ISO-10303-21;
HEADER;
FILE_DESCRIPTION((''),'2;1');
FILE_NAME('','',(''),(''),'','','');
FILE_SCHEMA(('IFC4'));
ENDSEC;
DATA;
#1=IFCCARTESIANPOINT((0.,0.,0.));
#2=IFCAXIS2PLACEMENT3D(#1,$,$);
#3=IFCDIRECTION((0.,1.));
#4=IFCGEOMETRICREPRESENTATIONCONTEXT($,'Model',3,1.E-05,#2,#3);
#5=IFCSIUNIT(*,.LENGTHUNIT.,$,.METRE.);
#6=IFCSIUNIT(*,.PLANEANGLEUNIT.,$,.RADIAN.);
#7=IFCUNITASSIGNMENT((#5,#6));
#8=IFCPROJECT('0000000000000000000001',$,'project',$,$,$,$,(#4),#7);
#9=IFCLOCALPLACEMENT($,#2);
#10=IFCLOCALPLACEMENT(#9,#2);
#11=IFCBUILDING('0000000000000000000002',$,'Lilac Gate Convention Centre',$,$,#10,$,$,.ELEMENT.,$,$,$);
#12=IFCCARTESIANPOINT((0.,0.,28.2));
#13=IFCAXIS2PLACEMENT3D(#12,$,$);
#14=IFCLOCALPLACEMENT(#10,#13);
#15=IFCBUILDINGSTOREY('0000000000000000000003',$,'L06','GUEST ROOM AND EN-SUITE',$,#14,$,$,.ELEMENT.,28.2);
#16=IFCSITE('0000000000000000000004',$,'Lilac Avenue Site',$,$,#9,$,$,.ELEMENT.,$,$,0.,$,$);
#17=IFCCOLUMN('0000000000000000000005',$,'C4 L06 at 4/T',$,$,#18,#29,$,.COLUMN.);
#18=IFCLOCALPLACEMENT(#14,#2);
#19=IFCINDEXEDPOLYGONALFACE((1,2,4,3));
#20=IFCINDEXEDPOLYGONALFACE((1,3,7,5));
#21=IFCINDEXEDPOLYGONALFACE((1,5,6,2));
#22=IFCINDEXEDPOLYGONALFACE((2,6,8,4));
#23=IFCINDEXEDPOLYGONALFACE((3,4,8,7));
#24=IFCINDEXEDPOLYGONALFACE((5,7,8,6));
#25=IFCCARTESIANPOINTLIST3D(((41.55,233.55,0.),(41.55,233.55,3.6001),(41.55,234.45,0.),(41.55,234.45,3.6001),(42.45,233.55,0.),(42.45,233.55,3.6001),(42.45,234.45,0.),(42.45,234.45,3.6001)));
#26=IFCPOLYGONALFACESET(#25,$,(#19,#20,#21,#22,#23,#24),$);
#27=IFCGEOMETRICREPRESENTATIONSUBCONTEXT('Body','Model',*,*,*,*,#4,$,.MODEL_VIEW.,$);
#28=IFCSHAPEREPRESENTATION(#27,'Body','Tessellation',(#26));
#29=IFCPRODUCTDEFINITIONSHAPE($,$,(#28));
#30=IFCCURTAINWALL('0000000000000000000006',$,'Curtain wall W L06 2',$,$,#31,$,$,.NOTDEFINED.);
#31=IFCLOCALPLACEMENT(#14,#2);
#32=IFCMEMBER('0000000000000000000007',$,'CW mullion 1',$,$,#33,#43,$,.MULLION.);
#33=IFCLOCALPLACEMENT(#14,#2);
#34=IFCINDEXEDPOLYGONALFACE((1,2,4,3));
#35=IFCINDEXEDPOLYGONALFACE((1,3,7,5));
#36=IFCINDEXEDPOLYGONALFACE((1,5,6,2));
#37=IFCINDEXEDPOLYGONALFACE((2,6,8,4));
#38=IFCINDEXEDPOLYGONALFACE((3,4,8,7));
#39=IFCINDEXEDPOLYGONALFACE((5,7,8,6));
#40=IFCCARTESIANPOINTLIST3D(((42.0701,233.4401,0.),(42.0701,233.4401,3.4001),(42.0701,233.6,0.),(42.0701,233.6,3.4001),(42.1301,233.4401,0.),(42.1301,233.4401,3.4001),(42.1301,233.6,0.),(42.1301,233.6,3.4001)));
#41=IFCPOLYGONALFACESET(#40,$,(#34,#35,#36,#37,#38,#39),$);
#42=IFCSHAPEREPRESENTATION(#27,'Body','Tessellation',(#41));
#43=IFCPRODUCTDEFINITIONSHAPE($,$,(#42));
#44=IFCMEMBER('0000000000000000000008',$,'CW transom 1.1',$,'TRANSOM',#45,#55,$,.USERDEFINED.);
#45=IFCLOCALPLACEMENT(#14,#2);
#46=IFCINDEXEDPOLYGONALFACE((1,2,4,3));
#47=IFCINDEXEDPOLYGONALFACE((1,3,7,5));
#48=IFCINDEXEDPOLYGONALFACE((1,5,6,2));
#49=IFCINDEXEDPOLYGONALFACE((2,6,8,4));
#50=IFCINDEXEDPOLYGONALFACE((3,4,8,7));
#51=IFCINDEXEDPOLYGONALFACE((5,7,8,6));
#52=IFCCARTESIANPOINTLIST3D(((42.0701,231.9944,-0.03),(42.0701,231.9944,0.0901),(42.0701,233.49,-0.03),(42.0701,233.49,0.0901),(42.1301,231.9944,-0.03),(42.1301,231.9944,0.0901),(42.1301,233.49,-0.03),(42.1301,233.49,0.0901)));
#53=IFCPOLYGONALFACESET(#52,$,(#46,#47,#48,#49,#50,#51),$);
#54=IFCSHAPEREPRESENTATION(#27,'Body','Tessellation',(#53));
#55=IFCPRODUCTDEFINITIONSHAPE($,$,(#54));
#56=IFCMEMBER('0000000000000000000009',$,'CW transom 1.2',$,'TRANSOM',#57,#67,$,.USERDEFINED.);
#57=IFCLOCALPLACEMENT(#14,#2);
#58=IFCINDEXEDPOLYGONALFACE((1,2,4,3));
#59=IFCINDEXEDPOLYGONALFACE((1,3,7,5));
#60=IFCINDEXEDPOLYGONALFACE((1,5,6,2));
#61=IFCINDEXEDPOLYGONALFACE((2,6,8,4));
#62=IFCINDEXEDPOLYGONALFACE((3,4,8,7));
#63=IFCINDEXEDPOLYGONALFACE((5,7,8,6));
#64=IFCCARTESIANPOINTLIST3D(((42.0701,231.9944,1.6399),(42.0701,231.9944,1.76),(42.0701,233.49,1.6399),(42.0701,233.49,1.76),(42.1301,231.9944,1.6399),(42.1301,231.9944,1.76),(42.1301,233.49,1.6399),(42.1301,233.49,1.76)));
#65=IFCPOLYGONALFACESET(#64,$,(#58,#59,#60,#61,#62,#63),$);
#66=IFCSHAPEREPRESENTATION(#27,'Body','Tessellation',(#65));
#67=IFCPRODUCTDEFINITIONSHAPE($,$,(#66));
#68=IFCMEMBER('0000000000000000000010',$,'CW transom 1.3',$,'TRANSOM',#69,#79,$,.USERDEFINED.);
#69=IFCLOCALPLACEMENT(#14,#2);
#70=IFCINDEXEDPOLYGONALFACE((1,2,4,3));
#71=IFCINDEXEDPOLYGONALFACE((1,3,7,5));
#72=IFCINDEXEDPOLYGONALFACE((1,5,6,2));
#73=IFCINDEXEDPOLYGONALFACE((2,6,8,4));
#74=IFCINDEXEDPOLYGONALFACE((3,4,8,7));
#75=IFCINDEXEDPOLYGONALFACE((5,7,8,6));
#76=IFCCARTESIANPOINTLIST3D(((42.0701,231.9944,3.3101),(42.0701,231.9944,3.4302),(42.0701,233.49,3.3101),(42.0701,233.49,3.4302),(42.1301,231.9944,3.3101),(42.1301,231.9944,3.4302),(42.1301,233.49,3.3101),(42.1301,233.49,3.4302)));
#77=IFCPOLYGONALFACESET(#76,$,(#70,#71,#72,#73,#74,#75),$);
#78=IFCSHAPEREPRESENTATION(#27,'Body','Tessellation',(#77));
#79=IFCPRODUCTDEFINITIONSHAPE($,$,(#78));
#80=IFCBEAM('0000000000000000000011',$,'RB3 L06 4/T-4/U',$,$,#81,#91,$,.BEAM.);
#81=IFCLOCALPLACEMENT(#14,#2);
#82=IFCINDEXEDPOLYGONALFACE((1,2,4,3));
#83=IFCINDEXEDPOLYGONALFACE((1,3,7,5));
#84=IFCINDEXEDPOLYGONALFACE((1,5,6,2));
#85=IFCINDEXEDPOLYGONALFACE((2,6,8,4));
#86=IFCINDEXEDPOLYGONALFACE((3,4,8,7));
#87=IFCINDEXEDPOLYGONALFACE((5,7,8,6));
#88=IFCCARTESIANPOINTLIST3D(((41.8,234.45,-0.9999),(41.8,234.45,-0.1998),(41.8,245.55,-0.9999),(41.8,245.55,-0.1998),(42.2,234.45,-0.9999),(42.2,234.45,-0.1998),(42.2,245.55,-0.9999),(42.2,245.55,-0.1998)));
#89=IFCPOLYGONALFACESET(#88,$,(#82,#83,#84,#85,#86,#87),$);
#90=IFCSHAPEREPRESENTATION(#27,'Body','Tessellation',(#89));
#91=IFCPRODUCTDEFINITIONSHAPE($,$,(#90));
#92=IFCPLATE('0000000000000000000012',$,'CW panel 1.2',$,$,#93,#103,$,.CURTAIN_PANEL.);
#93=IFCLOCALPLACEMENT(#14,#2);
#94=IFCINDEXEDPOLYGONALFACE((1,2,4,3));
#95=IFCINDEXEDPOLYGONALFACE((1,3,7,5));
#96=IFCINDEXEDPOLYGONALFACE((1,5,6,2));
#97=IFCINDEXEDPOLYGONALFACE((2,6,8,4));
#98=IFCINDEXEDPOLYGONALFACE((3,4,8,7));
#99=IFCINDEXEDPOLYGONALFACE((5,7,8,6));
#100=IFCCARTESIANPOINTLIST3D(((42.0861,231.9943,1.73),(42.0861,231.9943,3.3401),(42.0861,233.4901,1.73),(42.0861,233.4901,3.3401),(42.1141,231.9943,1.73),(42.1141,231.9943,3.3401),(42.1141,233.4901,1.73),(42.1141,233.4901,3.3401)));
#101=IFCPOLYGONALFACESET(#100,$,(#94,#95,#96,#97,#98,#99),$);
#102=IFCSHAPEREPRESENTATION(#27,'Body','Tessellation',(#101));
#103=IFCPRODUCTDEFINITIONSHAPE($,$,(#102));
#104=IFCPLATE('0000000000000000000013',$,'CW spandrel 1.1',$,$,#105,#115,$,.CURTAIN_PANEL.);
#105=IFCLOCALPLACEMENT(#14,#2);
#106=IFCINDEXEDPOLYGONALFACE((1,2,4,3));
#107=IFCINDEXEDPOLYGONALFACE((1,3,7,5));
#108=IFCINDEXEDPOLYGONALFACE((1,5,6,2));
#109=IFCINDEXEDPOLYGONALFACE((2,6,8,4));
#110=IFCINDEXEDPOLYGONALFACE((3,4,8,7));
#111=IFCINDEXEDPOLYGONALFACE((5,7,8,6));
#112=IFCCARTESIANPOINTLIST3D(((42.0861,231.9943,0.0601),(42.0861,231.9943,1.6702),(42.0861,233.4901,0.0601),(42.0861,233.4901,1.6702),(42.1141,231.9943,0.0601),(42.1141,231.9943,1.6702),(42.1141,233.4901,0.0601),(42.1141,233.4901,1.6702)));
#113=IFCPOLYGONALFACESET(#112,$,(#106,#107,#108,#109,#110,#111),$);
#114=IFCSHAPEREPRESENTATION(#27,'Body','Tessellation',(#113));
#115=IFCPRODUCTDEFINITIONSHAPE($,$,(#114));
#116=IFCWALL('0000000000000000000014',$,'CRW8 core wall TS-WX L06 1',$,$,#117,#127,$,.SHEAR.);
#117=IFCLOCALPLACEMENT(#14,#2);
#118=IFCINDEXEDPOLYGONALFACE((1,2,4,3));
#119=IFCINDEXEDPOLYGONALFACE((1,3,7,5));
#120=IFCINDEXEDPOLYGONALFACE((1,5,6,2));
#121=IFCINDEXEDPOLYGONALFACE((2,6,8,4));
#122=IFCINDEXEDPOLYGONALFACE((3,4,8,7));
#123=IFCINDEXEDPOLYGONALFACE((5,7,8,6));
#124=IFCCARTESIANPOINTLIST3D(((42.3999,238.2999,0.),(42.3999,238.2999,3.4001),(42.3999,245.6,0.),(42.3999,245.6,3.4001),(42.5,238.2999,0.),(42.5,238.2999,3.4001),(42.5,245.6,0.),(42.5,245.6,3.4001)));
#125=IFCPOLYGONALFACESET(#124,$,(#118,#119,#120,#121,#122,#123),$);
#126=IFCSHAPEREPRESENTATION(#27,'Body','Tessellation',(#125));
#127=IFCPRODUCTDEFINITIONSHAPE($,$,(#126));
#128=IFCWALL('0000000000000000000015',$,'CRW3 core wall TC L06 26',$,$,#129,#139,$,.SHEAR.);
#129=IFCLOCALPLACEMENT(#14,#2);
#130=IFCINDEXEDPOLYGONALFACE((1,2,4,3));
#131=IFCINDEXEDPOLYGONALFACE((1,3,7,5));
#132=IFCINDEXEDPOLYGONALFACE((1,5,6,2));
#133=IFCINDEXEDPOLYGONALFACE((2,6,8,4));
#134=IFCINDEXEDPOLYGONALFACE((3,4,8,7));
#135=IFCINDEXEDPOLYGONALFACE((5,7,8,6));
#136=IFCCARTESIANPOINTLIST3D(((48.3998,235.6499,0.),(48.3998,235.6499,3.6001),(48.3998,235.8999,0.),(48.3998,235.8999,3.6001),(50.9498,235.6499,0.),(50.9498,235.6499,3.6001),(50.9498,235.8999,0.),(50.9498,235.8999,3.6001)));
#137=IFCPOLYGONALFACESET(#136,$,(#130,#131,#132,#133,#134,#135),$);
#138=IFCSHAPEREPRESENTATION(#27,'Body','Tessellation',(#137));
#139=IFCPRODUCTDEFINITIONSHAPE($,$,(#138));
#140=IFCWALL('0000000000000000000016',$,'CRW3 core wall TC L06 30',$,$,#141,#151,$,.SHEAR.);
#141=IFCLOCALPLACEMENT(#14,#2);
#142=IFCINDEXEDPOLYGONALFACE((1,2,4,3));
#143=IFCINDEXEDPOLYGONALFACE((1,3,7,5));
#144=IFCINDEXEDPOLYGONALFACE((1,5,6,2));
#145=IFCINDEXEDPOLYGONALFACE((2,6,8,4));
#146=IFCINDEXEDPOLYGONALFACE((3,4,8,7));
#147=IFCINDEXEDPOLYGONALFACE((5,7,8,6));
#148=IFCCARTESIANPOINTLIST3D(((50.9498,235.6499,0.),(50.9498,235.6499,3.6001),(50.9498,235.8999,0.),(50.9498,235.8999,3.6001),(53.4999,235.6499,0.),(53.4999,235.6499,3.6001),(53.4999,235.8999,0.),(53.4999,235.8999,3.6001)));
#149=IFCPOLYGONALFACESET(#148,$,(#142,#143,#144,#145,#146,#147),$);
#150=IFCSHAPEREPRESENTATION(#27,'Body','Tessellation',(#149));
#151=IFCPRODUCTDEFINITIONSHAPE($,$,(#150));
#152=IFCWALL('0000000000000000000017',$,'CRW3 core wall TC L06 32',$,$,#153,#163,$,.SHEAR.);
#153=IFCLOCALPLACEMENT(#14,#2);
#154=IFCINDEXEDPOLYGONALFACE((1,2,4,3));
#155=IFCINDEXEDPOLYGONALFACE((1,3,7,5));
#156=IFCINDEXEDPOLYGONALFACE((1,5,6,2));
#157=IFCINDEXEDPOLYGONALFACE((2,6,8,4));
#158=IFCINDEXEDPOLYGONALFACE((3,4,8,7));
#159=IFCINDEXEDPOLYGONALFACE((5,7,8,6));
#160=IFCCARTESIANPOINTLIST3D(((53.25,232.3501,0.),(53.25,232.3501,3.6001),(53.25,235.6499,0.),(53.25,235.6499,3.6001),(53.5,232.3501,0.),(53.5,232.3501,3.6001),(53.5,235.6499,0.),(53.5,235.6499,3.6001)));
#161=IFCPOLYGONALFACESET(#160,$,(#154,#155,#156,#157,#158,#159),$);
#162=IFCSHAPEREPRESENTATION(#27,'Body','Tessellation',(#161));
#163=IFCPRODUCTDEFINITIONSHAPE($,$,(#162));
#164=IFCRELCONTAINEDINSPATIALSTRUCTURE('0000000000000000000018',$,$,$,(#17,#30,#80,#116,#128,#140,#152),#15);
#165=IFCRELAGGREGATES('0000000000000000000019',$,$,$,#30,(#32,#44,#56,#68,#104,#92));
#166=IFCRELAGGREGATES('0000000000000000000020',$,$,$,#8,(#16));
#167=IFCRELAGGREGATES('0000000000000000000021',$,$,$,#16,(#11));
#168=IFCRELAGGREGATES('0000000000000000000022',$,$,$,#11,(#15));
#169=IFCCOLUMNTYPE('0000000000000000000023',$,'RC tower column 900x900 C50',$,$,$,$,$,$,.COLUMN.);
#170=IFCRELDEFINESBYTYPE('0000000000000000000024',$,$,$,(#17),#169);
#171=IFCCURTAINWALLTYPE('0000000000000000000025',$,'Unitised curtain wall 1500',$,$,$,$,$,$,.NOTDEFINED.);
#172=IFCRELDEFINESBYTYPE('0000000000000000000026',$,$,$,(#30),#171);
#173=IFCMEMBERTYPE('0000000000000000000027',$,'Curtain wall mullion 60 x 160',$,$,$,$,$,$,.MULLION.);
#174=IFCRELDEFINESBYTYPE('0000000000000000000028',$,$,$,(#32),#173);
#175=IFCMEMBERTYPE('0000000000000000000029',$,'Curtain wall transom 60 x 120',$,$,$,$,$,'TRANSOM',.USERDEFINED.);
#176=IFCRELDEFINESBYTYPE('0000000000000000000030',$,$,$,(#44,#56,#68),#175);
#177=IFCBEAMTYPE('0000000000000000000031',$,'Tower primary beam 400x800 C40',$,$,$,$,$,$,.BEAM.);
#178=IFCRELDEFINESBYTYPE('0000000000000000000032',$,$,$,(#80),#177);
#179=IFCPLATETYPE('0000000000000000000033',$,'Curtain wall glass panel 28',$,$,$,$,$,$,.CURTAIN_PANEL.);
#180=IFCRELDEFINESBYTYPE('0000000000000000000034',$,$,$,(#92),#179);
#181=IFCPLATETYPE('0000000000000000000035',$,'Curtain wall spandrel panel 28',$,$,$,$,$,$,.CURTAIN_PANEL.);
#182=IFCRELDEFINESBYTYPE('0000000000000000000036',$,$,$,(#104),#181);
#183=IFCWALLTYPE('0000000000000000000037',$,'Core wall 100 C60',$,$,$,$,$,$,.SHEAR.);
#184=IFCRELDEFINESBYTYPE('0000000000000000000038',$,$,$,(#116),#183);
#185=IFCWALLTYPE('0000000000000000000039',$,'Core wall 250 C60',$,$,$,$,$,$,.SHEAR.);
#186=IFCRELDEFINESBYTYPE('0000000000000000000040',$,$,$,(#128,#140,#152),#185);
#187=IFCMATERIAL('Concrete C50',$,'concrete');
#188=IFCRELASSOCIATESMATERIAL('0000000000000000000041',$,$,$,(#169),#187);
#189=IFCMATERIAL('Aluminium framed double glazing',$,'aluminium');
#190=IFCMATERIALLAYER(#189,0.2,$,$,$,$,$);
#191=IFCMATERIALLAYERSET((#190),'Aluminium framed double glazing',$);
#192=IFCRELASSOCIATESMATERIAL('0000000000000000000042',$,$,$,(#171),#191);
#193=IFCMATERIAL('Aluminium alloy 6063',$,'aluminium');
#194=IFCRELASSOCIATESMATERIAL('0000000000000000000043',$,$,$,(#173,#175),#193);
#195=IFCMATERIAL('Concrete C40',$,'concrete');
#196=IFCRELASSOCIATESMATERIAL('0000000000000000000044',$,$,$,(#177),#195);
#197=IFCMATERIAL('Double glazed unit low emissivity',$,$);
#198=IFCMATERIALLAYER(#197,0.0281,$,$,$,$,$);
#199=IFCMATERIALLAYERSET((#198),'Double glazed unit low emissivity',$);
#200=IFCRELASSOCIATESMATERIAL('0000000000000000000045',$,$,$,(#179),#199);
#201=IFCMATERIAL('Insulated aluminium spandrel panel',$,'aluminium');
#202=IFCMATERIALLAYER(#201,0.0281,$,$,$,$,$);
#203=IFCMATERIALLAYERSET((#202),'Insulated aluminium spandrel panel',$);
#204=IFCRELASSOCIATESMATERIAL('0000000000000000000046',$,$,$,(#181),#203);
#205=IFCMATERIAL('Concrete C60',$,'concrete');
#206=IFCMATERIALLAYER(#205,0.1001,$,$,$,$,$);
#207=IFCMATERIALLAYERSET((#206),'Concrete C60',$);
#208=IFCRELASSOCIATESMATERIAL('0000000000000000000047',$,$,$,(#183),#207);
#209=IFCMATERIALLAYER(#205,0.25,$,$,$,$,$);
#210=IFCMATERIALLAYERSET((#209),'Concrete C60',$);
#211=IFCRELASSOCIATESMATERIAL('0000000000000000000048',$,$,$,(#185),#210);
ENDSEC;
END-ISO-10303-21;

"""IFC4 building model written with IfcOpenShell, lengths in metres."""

from ifc_helpers import new_model, si_unit, direction, frame, frame_2d, origin, origin_2d, place, context, subcontext, project, spatial, rectangle, extrude, material, layer, layer_set, material_profile, profile_set, type_object, element, aggregate, save


model = new_model("IFC4")

# Units and contexts
model_context = context("Model", 3, precision=1e-05, world=origin(), true_north=direction((0.0, 1.0)))
body_context = subcontext(model_context, "Body", "Model", "MODEL_VIEW")
ifc_project = project(units=[si_unit("LENGTHUNIT", "METRE"), si_unit("PLANEANGLEUNIT", "RADIAN")], contexts=[model_context])

# Site, building, storey
site_placement = place(None, origin())
site = spatial("IfcSite", under=ifc_project, at=site_placement, Name="Lilac Avenue Site", CompositionType="ELEMENT", RefElevation=0.0)
building_placement = place(site_placement, origin())
building = spatial("IfcBuilding", under=site, at=building_placement, Name="Lilac Gate Convention Centre", CompositionType="ELEMENT")
storey_placement = place(building_placement, frame((0.0, 0.0, 28.2)))
storey = spatial("IfcBuildingStorey", under=building, at=storey_placement, Name="L06", Description="GUEST ROOM AND EN-SUITE", CompositionType="ELEMENT", Elevation=28.2)

# Column
ifc_material_1 = material(Name="Concrete C50", Category="concrete")
ifc_material_profile_1 = material_profile(ifc_material_1, rectangle(XDim=0.8999, YDim=0.8999, at=origin_2d()), Name="RC 900x900")
ifc_profile_set_1 = profile_set([ifc_material_profile_1], Name="Concrete C50")
column_type = type_object("IfcColumnType", Name="RC tower column 900x900 C50", PredefinedType="COLUMN", material=ifc_profile_set_1)
column_placement = place(storey_placement, frame((42.0, 234.0, 0.0), z_axis=(0.0, 0.0, 1.0), x_axis=(1.0, 0.0, 0.0)))
element("IfcColumn", 1, at=column_placement, inside=storey, type_object=column_type, Name="C4 L06 at 4/T", PredefinedType="COLUMN", context=body_context, shape_type="SweptSolid", body=[
    extrude(rectangle(XDim=0.8999, YDim=0.8999, at=origin_2d()), origin(), (0.0, 0.0, 1.0), 3.6001),
])

# Curtain wall, members
ifc_material_2 = material(Name="Aluminium framed double glazing", Category="aluminium")
ifc_layer_1 = layer(ifc_material_2, 0.2)
ifc_layer_set_1 = layer_set([ifc_layer_1], Name="Aluminium framed double glazing")
curtain_wall_type = type_object("IfcCurtainWallType", Name="Unitised curtain wall 1500", PredefinedType="NOTDEFINED", material=ifc_layer_set_1)
curtain_wall_placement = place(storey_placement, origin())
curtain_wall = element("IfcCurtainWall", 2, at=curtain_wall_placement, inside=storey, type_object=curtain_wall_type, Name="Curtain wall W L06 2", PredefinedType="NOTDEFINED")
ifc_material_3 = material(Name="Aluminium alloy 6063", Category="aluminium")
ifc_material_profile_2 = material_profile(ifc_material_3, rectangle(XDim=0.0601, YDim=0.1599, at=origin_2d()), Name="Curtain wall mullion 60 x 160")
ifc_profile_set_2 = profile_set([ifc_material_profile_2], Name="Aluminium alloy 6063")
member_type_1 = type_object("IfcMemberType", Name="Curtain wall mullion 60 x 160", PredefinedType="MULLION", material=ifc_profile_set_2)
member_1_placement = place(storey_placement, frame((42.1001, 233.52, 0.0), z_axis=(0.0, 0.0, 1.0), x_axis=(1.0, 0.0, 0.0)))
member_1 = element("IfcMember", 3, at=member_1_placement, type_object=member_type_1, Name="CW mullion 1", PredefinedType="MULLION", context=body_context, shape_type="SweptSolid", body=[
    extrude(rectangle(XDim=0.0601, YDim=0.1599, at=origin_2d()), origin(), (0.0, 0.0, 1.0), 3.4001),
])
ifc_material_profile_3 = material_profile(ifc_material_3, rectangle(XDim=0.0601, YDim=0.1201, at=origin_2d()), Name="Curtain wall transom 60 x 120")
ifc_profile_set_3 = profile_set([ifc_material_profile_3], Name="Aluminium alloy 6063")
member_type_2 = type_object("IfcMemberType", Name="Curtain wall transom 60 x 120", ElementType="TRANSOM", PredefinedType="USERDEFINED", material=ifc_profile_set_3)
member_2_placement = place(storey_placement, frame((42.1001, 233.49, 0.03), z_axis=(0.0, -1.0, 0.0), x_axis=(1.0, 0.0, 0.0)))
member_2 = element("IfcMember", 4, at=member_2_placement, type_object=member_type_2, Name="CW transom 1.1", ObjectType="TRANSOM", PredefinedType="USERDEFINED", context=body_context, shape_type="SweptSolid", body=[
    extrude(rectangle(XDim=0.0601, YDim=0.1201, at=origin_2d()), origin(), (0.0, 0.0, 1.0), 1.4956),
])
member_3_placement = place(storey_placement, frame((42.1001, 233.49, 1.7), z_axis=(0.0, -1.0, 0.0), x_axis=(1.0, 0.0, 0.0)))
member_3 = element("IfcMember", 5, at=member_3_placement, type_object=member_type_2, Name="CW transom 1.2", ObjectType="TRANSOM", PredefinedType="USERDEFINED", context=body_context, shape_type="SweptSolid", body=[
    extrude(rectangle(XDim=0.0601, YDim=0.1201, at=origin_2d()), origin(), (0.0, 0.0, 1.0), 1.4956),
])
member_4_placement = place(storey_placement, frame((42.1001, 233.49, 3.3701), z_axis=(0.0, -1.0, 0.0), x_axis=(1.0, 0.0, 0.0)))
member_4 = element("IfcMember", 6, at=member_4_placement, type_object=member_type_2, Name="CW transom 1.3", ObjectType="TRANSOM", PredefinedType="USERDEFINED", context=body_context, shape_type="SweptSolid", body=[
    extrude(rectangle(XDim=0.0601, YDim=0.1201, at=origin_2d()), origin(), (0.0, 0.0, 1.0), 1.4956),
])

# Beam
ifc_material_4 = material(Name="Concrete C40", Category="concrete")
ifc_material_profile_4 = material_profile(ifc_material_4, rectangle(XDim=0.3999, YDim=0.8, at=origin_2d()), Name="RC 400x800")
ifc_profile_set_4 = profile_set([ifc_material_profile_4], Name="Concrete C40")
beam_type = type_object("IfcBeamType", Name="Tower primary beam 400x800 C40", PredefinedType="BEAM", material=ifc_profile_set_4)
beam_placement = place(storey_placement, frame((42.0, 234.45, -0.5999), z_axis=(0.0, 1.0, 0.0), x_axis=(-1.0, 0.0, 0.0)))
element("IfcBeam", 7, at=beam_placement, inside=storey, type_object=beam_type, Name="RB3 L06 4/T-4/U", PredefinedType="BEAM", context=body_context, shape_type="SweptSolid", body=[
    extrude(rectangle(XDim=0.3999, YDim=0.8, at=origin_2d()), origin(), (0.0, 0.0, 1.0), 11.1001),
])

# Plates
ifc_material_5 = material(Name="Double glazed unit low emissivity")
ifc_layer_2 = layer(ifc_material_5, 0.0281)
ifc_layer_set_2 = layer_set([ifc_layer_2], Name="Double glazed unit low emissivity")
plate_type_1 = type_object("IfcPlateType", Name="Curtain wall glass panel 28", PredefinedType="CURTAIN_PANEL", material=ifc_layer_set_2)
plate_1_placement = place(storey_placement, frame((42.1001, 232.7422, 1.73), z_axis=(0.0, 0.0, 1.0), x_axis=(0.0, -1.0, 0.0)))
plate_1 = element("IfcPlate", 8, at=plate_1_placement, type_object=plate_type_1, Name="CW panel 1.2", PredefinedType="CURTAIN_PANEL", context=body_context, shape_type="SweptSolid", body=[
    extrude(rectangle(XDim=1.4958, YDim=0.0281, at=origin_2d()), origin(), (0.0, 0.0, 1.0), 1.6101),
])
ifc_material_6 = material(Name="Insulated aluminium spandrel panel", Category="aluminium")
ifc_layer_3 = layer(ifc_material_6, 0.0281)
ifc_layer_set_3 = layer_set([ifc_layer_3], Name="Insulated aluminium spandrel panel")
plate_type_2 = type_object("IfcPlateType", Name="Curtain wall spandrel panel 28", PredefinedType="CURTAIN_PANEL", material=ifc_layer_set_3)
plate_2_placement = place(storey_placement, frame((42.1001, 232.7422, 0.0601), z_axis=(0.0, 0.0, 1.0), x_axis=(0.0, -1.0, 0.0)))
plate_2 = element("IfcPlate", 9, at=plate_2_placement, type_object=plate_type_2, Name="CW spandrel 1.1", PredefinedType="CURTAIN_PANEL", context=body_context, shape_type="SweptSolid", body=[
    extrude(rectangle(XDim=1.4958, YDim=0.0281, at=origin_2d()), origin(), (0.0, 0.0, 1.0), 1.6101),
])
aggregate(curtain_wall, [member_1, member_2, member_3, member_4, plate_2, plate_1])

# Walls
ifc_material_7 = material(Name="Concrete C60", Category="concrete")
ifc_layer_4 = layer(ifc_material_7, 0.1001)
ifc_layer_set_4 = layer_set([ifc_layer_4], Name="Concrete C60")
wall_type_1 = type_object("IfcWallType", Name="Core wall 100 C60", PredefinedType="SHEAR", material=ifc_layer_set_4)
wall_1_placement = place(storey_placement, frame((42.45, 238.3, 0.0), z_axis=(0.0, 0.0, 1.0), x_axis=(0.0, 1.0, 0.0)))
element("IfcWall", 10, at=wall_1_placement, inside=storey, type_object=wall_type_1, Name="CRW8 core wall TS-WX L06 1", PredefinedType="SHEAR", context=body_context, shape_type="SweptSolid", body=[
    extrude(rectangle(XDim=7.3, YDim=0.1001, at=frame_2d((3.6499, 0.0))), origin(), (0.0, 0.0, 1.0), 3.4001),
])
ifc_layer_5 = layer(ifc_material_7, 0.25)
ifc_layer_set_5 = layer_set([ifc_layer_5], Name="Concrete C60")
wall_type_2 = type_object("IfcWallType", Name="Core wall 250 C60", PredefinedType="SHEAR", material=ifc_layer_set_5)
for number, where, z_axis, x_axis, name in (
    (11, (48.3999, 235.7749, 0.0), (0.0, 0.0, 1.0), (1.0, 0.0, 0.0), "CRW3 core wall TC L06 26"),
    (12, (50.95, 235.7749, 0.0), (0.0, 0.0, 1.0), (1.0, 0.0, 0.0), "CRW3 core wall TC L06 30"),
):
    element("IfcWall", number, at=place(storey_placement, frame(where, z_axis=z_axis, x_axis=x_axis)), inside=storey, type_object=wall_type_2, Name=name, PredefinedType="SHEAR", context=body_context, shape_type="SweptSolid", body=[
        extrude(rectangle(XDim=2.55, YDim=0.25, at=frame_2d((1.2749, 0.0))), origin(), (0.0, 0.0, 1.0), 3.6001),
    ])
wall_2_placement = place(storey_placement, frame((53.375, 232.3501, 0.0), z_axis=(0.0, 0.0, 1.0), x_axis=(0.0, 1.0, 0.0)))
element("IfcWall", 13, at=wall_2_placement, inside=storey, type_object=wall_type_2, Name="CRW3 core wall TC L06 32", PredefinedType="SHEAR", context=body_context, shape_type="SweptSolid", body=[
    extrude(rectangle(XDim=3.2998, YDim=0.25, at=frame_2d((1.6499, 0.0))), origin(), (0.0, 0.0, 1.0), 3.6001),
])

save(model, "model.ifc")
